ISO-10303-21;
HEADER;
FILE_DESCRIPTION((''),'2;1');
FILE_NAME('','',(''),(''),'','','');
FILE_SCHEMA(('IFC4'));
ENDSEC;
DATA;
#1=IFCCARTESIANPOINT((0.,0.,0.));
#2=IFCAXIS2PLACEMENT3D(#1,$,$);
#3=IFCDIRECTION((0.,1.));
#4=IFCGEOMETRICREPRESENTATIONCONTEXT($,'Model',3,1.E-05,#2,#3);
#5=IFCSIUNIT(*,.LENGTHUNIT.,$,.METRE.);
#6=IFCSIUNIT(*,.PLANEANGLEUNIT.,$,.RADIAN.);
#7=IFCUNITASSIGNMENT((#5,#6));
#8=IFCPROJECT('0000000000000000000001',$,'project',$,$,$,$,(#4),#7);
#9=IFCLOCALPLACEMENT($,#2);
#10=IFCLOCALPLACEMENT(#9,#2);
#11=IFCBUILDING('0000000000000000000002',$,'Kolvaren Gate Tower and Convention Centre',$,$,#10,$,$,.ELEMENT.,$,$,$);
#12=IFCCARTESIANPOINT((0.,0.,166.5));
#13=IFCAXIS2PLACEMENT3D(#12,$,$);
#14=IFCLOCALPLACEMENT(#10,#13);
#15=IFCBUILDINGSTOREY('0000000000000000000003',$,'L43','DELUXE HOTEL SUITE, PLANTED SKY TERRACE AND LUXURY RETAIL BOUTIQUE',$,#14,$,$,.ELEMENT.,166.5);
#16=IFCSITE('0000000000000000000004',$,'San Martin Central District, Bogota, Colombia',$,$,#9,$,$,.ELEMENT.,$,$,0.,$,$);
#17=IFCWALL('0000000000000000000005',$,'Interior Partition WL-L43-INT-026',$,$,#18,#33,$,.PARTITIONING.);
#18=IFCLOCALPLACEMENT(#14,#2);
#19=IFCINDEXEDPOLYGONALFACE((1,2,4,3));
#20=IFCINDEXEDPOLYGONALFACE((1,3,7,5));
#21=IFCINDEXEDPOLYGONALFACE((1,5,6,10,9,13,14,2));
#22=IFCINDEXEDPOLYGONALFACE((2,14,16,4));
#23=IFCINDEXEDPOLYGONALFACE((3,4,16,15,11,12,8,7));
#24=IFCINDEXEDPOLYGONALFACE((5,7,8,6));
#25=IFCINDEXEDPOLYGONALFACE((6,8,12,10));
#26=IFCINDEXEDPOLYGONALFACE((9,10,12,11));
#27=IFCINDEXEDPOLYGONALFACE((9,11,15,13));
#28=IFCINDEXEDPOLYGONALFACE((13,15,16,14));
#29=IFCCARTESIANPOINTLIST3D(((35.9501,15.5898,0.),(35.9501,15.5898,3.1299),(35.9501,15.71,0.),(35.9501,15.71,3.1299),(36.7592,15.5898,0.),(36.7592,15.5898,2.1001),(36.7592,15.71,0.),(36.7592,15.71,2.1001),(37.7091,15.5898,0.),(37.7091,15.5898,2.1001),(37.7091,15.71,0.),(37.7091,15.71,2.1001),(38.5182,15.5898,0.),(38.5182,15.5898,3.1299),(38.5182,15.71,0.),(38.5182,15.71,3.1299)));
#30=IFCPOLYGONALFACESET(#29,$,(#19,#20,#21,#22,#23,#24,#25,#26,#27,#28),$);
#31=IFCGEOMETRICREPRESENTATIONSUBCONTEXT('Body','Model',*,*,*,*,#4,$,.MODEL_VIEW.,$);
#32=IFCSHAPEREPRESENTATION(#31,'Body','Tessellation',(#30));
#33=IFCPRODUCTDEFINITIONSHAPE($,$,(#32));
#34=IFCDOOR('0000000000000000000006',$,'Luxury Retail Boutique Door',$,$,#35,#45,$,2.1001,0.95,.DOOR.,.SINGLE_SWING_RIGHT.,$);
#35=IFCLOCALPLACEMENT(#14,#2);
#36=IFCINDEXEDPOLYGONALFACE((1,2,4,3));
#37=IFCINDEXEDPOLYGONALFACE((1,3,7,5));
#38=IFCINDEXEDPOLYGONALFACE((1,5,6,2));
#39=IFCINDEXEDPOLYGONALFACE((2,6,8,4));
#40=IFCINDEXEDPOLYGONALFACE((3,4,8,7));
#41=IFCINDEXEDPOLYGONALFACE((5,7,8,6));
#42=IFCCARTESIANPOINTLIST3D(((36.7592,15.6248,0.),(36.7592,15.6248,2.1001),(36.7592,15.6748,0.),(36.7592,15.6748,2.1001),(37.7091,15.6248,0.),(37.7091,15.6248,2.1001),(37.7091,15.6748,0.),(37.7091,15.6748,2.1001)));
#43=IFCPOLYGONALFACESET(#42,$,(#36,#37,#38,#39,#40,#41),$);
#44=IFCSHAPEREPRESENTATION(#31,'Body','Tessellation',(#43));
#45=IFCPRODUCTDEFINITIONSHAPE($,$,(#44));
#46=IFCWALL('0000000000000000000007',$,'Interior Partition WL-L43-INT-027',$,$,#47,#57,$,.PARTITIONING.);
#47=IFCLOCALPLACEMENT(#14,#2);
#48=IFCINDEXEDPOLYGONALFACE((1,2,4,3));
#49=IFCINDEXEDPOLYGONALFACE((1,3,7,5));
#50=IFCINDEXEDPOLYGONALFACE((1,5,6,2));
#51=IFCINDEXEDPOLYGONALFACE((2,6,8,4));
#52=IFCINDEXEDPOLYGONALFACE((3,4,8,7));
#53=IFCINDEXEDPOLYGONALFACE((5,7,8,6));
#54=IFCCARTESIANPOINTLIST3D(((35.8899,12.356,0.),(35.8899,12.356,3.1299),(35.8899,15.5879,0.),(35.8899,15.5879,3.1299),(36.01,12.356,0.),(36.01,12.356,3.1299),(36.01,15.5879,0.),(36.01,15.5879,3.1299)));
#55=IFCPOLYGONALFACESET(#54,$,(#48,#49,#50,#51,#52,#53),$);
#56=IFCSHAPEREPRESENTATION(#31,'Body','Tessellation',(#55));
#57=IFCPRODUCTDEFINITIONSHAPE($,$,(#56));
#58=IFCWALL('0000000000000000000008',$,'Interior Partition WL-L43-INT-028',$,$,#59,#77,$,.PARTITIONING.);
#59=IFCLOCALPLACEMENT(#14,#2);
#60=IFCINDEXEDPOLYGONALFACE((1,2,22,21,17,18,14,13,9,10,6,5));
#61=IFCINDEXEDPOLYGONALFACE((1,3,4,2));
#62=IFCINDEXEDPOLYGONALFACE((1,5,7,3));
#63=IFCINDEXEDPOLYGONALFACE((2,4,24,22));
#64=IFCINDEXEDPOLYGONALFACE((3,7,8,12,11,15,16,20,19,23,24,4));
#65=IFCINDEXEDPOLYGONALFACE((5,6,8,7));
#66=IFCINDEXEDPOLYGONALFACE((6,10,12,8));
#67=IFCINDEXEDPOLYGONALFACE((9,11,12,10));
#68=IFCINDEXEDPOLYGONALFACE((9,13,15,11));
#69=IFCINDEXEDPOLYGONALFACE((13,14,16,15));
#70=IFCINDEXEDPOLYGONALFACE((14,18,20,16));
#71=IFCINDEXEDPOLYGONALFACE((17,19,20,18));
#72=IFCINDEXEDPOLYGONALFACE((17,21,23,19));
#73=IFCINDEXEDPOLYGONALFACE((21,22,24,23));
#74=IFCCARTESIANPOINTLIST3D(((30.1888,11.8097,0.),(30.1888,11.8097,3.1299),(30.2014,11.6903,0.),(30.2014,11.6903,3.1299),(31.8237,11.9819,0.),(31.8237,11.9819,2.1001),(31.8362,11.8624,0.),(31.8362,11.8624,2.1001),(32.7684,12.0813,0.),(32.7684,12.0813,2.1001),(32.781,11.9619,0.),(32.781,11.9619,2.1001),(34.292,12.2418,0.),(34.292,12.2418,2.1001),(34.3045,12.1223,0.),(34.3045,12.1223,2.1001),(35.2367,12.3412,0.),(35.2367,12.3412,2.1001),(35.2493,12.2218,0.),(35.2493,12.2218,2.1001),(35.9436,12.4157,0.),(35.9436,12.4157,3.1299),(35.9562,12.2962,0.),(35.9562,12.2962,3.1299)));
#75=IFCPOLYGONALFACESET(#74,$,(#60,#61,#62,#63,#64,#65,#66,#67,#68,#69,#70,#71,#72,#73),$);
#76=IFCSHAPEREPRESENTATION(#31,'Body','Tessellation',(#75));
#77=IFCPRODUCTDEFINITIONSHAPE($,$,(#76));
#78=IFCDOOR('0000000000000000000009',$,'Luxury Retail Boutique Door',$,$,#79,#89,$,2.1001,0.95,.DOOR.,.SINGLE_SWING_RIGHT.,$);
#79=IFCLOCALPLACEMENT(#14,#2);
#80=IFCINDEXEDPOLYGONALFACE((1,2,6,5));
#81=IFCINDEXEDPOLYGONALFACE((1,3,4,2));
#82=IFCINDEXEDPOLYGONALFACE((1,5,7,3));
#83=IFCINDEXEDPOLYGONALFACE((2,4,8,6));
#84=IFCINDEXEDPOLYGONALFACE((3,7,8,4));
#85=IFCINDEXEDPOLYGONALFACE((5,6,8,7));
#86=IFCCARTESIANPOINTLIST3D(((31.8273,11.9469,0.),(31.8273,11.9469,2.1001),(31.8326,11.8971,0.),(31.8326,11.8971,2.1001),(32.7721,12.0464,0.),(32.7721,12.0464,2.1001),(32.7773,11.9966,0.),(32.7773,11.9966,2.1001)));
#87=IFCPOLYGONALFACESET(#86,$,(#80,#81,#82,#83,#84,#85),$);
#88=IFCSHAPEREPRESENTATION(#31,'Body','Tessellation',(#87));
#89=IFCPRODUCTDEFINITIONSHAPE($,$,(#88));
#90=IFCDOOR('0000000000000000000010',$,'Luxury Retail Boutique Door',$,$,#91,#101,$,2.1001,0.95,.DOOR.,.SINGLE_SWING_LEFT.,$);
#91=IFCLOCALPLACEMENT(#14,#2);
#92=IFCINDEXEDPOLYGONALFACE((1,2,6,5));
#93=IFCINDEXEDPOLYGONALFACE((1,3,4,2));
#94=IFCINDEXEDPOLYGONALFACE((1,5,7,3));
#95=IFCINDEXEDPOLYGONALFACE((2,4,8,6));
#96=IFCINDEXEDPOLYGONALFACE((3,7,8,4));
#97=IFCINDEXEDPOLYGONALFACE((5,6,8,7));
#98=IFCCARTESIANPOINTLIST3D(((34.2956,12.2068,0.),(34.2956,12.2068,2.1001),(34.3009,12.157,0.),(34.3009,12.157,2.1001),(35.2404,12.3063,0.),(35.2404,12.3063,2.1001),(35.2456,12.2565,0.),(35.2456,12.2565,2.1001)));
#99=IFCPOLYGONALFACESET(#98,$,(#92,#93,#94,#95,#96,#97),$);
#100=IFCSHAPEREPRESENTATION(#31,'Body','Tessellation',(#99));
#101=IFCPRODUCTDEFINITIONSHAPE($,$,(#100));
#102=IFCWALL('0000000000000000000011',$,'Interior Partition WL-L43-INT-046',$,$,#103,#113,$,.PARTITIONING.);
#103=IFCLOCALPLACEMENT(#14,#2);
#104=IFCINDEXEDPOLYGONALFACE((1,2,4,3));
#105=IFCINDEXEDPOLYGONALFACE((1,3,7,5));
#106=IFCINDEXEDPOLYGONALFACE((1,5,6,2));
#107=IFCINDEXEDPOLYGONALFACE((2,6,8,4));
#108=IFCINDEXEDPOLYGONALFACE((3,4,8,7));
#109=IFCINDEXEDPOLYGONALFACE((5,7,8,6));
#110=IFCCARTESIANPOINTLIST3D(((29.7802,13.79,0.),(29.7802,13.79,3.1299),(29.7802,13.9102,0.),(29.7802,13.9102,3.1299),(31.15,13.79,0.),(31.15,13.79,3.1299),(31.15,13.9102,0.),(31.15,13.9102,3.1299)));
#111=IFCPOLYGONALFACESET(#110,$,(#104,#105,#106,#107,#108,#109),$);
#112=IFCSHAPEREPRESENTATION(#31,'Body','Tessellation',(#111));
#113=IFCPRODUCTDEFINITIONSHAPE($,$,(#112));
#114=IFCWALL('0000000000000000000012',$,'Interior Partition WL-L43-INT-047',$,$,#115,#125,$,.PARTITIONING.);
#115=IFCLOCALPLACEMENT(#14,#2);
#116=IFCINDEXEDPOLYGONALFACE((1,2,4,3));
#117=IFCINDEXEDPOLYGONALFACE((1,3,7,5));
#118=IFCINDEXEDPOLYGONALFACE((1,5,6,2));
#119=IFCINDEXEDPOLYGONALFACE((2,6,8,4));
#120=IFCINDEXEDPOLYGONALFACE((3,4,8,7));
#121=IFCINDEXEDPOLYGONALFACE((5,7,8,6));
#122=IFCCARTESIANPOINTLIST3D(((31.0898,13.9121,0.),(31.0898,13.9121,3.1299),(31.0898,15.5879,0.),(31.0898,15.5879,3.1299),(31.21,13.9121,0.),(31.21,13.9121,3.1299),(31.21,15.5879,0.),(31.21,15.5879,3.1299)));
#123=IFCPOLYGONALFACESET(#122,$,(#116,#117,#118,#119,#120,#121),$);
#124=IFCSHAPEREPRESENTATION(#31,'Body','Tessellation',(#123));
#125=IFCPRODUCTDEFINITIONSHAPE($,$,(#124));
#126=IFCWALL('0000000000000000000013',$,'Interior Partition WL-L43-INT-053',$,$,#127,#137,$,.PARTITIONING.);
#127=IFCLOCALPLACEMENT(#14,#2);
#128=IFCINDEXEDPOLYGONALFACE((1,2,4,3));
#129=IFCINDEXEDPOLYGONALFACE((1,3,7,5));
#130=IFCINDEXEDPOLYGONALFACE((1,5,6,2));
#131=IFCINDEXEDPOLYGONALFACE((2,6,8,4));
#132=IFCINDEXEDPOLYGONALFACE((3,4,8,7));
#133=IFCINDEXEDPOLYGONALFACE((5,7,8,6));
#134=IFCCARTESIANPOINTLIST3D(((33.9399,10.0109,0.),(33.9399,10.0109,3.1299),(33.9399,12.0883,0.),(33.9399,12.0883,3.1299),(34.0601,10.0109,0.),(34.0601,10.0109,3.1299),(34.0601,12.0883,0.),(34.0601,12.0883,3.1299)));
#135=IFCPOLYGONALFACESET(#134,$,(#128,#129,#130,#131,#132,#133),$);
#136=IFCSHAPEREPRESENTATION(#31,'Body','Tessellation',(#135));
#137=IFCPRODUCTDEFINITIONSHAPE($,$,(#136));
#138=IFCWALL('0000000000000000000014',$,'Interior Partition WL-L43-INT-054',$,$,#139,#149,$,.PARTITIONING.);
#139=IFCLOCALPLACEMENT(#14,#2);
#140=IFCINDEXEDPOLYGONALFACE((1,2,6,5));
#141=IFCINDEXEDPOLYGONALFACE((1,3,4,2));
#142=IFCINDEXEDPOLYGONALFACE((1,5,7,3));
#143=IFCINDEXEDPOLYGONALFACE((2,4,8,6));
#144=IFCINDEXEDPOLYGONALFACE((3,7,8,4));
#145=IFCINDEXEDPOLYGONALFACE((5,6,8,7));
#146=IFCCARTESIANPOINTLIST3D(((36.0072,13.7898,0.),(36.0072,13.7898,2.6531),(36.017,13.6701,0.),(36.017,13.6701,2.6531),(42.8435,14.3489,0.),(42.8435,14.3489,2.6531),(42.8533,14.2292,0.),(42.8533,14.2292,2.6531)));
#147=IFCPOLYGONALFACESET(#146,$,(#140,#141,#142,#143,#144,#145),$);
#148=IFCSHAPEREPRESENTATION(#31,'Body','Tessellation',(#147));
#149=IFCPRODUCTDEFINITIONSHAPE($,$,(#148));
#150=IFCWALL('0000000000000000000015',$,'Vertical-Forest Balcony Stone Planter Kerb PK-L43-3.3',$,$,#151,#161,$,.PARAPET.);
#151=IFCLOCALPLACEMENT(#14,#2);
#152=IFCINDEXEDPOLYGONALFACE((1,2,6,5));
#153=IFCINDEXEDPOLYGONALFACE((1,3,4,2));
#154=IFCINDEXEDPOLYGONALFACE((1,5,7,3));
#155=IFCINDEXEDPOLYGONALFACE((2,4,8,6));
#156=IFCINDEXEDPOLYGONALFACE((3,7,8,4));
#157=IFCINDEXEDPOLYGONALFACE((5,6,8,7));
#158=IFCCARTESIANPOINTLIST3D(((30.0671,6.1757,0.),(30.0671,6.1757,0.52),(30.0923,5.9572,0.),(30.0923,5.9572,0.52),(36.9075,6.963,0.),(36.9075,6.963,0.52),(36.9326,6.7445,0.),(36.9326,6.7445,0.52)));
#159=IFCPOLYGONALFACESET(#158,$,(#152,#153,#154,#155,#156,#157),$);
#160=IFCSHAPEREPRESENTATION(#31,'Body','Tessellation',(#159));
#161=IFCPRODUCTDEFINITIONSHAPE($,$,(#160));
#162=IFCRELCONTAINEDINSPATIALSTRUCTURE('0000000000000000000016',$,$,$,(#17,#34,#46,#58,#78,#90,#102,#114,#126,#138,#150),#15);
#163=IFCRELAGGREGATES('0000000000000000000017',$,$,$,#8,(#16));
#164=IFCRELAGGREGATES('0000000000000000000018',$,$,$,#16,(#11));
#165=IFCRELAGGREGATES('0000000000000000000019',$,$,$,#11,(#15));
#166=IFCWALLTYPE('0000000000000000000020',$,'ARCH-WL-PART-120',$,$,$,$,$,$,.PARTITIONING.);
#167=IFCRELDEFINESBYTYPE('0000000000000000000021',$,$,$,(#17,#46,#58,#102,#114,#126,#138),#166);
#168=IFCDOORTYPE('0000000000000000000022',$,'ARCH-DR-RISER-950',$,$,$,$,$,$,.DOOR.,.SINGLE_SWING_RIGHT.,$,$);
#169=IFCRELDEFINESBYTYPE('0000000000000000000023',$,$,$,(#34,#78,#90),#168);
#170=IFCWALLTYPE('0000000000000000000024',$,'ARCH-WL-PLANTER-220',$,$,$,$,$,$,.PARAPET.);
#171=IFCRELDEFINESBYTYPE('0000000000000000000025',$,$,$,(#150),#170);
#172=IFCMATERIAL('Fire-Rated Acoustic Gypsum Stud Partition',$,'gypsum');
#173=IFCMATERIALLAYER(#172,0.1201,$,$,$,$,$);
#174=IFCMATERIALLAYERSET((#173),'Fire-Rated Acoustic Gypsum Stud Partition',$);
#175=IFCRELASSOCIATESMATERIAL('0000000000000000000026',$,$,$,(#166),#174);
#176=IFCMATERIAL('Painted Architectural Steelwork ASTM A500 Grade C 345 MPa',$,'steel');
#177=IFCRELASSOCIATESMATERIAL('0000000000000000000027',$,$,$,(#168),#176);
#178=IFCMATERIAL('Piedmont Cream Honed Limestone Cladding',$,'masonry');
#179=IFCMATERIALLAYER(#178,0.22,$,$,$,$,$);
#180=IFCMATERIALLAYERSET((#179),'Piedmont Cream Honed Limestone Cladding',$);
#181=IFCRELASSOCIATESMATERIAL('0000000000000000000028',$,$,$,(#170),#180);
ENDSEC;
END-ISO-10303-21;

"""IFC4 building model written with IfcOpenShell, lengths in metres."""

from ifc_helpers import new_model, si_unit, direction, frame, frame_2d, origin, place, context, subcontext, project, spatial, rectangle, extrude, material, layer, layer_set, type_object, element, fill, save


model = new_model("IFC4")

# Units and contexts
model_context = context("Model", 3, precision=1e-05, world=origin(), true_north=direction((0.0, 1.0)))
body_context = subcontext(model_context, "Body", "Model", "MODEL_VIEW")
ifc_project = project(units=[si_unit("LENGTHUNIT", "METRE"), si_unit("PLANEANGLEUNIT", "RADIAN")], contexts=[model_context])

# Site, building, storey
site_placement = place(None, origin())
site = spatial("IfcSite", under=ifc_project, at=site_placement, Name="San Martin Central District, Bogota, Colombia", CompositionType="ELEMENT", RefElevation=0.0)
building_placement = place(site_placement, origin())
building = spatial("IfcBuilding", under=site, at=building_placement, Name="Kolvaren Gate Tower and Convention Centre", CompositionType="ELEMENT")
storey_placement = place(building_placement, frame((0.0, 0.0, 166.5)))
storey = spatial("IfcBuildingStorey", under=building, at=storey_placement, Name="L43", Description="DELUXE HOTEL SUITE, PLANTED SKY TERRACE AND LUXURY RETAIL BOUTIQUE", CompositionType="ELEMENT", Elevation=166.5)

# Wall, opening, door
ifc_material_1 = material(Name="Fire-Rated Acoustic Gypsum Stud Partition", Category="gypsum")
ifc_layer_1 = layer(ifc_material_1, 0.1201)
ifc_layer_set_1 = layer_set([ifc_layer_1], Name="Fire-Rated Acoustic Gypsum Stud Partition")
wall_type_1 = type_object("IfcWallType", Name="ARCH-WL-PART-120", PredefinedType="PARTITIONING", material=ifc_layer_set_1)
wall_1_placement = place(storey_placement, frame((35.95, 15.6499, 0.0), z_axis=(0.0, 0.0, 1.0), x_axis=(1.0, 0.0, 0.0)))
wall_1 = element("IfcWall", 1, at=wall_1_placement, inside=storey, type_object=wall_type_1, Name="Interior Partition WL-L43-INT-026", PredefinedType="PARTITIONING", context=body_context, shape_type="SweptSolid", body=[
    extrude(rectangle(XDim=2.5681, YDim=0.1201, at=frame_2d((1.2842, 0.0))), origin(), (0.0, 0.0, 1.0), 3.1299),
])
opening_1_placement = place(wall_1_placement, frame((0.8091, 0.0, 0.0)))
opening_1 = element("IfcOpeningElement", 2, at=opening_1_placement, cuts=wall_1, PredefinedType="OPENING", context=body_context, shape_type="SweptSolid", body=[
    extrude(rectangle(XDim=0.95, YDim=2.1001, at=frame_2d((0.4751, 1.05))), frame((0.0, 0.0701, 0.0), z_axis=(0.0, -1.0, 0.0), x_axis=(1.0, 0.0, 0.0)), (0.0, 0.0, 1.0), 0.1401),
])
ifc_material_2 = material(Name="Painted Architectural Steelwork ASTM A500 Grade C 345 MPa", Category="steel")
door_type_1 = type_object("IfcDoorType", Name="ARCH-DR-RISER-950", OperationType="SINGLE_SWING_RIGHT", PredefinedType="DOOR", material=ifc_material_2)
door_1_placement = place(opening_1_placement, origin())
door_1 = element("IfcDoor", 3, at=door_1_placement, inside=storey, type_object=door_type_1, Name="Luxury Retail Boutique Door", OperationType="SINGLE_SWING_RIGHT", OverallHeight=2.1001, OverallWidth=0.95, PredefinedType="DOOR", context=body_context, shape_type="SweptSolid", body=[
    extrude(rectangle(XDim=0.95, YDim=2.1001, at=frame_2d((0.4751, 1.05))), frame((0.0, 0.0249, 0.0), z_axis=(0.0, -1.0, 0.0), x_axis=(1.0, 0.0, 0.0)), (0.0, 0.0, 1.0), 0.05),
])
fill(opening_1, door_1)

# Wall
wall_2_placement = place(storey_placement, frame((35.95, 12.356, 0.0), z_axis=(0.0, 0.0, 1.0), x_axis=(0.0, 1.0, 0.0)))
element("IfcWall", 4, at=wall_2_placement, inside=storey, type_object=wall_type_1, Name="Interior Partition WL-L43-INT-027", PredefinedType="PARTITIONING", context=body_context, shape_type="SweptSolid", body=[
    extrude(rectangle(XDim=3.2319, YDim=0.1201, at=frame_2d((1.616, 0.0))), origin(), (0.0, 0.0, 1.0), 3.1299),
])

# Wall, openings, doors
wall_3_placement = place(storey_placement, frame((30.1951, 11.75, 0.0), z_axis=(0.0, 0.0, 1.0), x_axis=(0.994502, 0.104716, 0.0)))
wall_3 = element("IfcWall", 5, at=wall_3_placement, inside=storey, type_object=wall_type_1, Name="Interior Partition WL-L43-INT-028", PredefinedType="PARTITIONING", context=body_context, shape_type="SweptSolid", body=[
    extrude(rectangle(XDim=5.7866, YDim=0.1201, at=frame_2d((2.8933, 0.0))), origin(), (0.0, 0.0, 1.0), 3.1299),
])
opening_2_placement = place(wall_3_placement, frame((1.6438, 0.0, 0.0)))
opening_2 = element("IfcOpeningElement", 6, at=opening_2_placement, cuts=wall_3, PredefinedType="OPENING", context=body_context, shape_type="SweptSolid", body=[
    extrude(rectangle(XDim=0.95, YDim=2.1001, at=frame_2d((0.4751, 1.05))), frame((0.0, 0.0701, 0.0), z_axis=(0.0, -1.0, 0.0), x_axis=(1.0, 0.0, 0.0)), (0.0, 0.0, 1.0), 0.1401),
])
opening_3_placement = place(wall_3_placement, frame((4.1257, 0.0, 0.0)))
opening_3 = element("IfcOpeningElement", 7, at=opening_3_placement, cuts=wall_3, PredefinedType="OPENING", context=body_context, shape_type="SweptSolid", body=[
    extrude(rectangle(XDim=0.95, YDim=2.1001, at=frame_2d((0.4751, 1.05))), frame((0.0, 0.0701, 0.0), z_axis=(0.0, -1.0, 0.0), x_axis=(1.0, 0.0, 0.0)), (0.0, 0.0, 1.0), 0.1401),
])
door_2_placement = place(opening_2_placement, origin())
door_2 = element("IfcDoor", 8, at=door_2_placement, inside=storey, type_object=door_type_1, Name="Luxury Retail Boutique Door", OperationType="SINGLE_SWING_RIGHT", OverallHeight=2.1001, OverallWidth=0.95, PredefinedType="DOOR", context=body_context, shape_type="SweptSolid", body=[
    extrude(rectangle(XDim=0.95, YDim=2.1001, at=frame_2d((0.4751, 1.05))), frame((0.0, 0.0249, 0.0), z_axis=(0.0, -1.0, 0.0), x_axis=(1.0, 0.0, 0.0)), (0.0, 0.0, 1.0), 0.05),
])
fill(opening_2, door_2)
door_3_placement = place(opening_3_placement, origin())
door_3 = element("IfcDoor", 9, at=door_3_placement, inside=storey, type_object=door_type_1, Name="Luxury Retail Boutique Door", OperationType="SINGLE_SWING_LEFT", OverallHeight=2.1001, OverallWidth=0.95, PredefinedType="DOOR", context=body_context, shape_type="SweptSolid", body=[
    extrude(rectangle(XDim=0.95, YDim=2.1001, at=frame_2d((0.4751, 1.05))), frame((0.0, 0.0249, 0.0), z_axis=(0.0, -1.0, 0.0), x_axis=(1.0, 0.0, 0.0)), (0.0, 0.0, 1.0), 0.05),
])
fill(opening_3, door_3)

# Walls
wall_4_placement = place(storey_placement, frame((29.78, 13.8501, 0.0), z_axis=(0.0, 0.0, 1.0), x_axis=(1.0, 0.0, 0.0)))
element("IfcWall", 10, at=wall_4_placement, inside=storey, type_object=wall_type_1, Name="Interior Partition WL-L43-INT-046", PredefinedType="PARTITIONING", context=body_context, shape_type="SweptSolid", body=[
    extrude(rectangle(XDim=1.3699, YDim=0.1201, at=frame_2d((0.6851, 0.0))), origin(), (0.0, 0.0, 1.0), 3.1299),
])
wall_5_placement = place(storey_placement, frame((31.1499, 13.9121, 0.0), z_axis=(0.0, 0.0, 1.0), x_axis=(0.0, 1.0, 0.0)))
element("IfcWall", 11, at=wall_5_placement, inside=storey, type_object=wall_type_1, Name="Interior Partition WL-L43-INT-047", PredefinedType="PARTITIONING", context=body_context, shape_type="SweptSolid", body=[
    extrude(rectangle(XDim=1.6758, YDim=0.1201, at=frame_2d((0.8379, 0.0))), origin(), (0.0, 0.0, 1.0), 3.1299),
])
wall_6_placement = place(storey_placement, frame((34.0, 10.011, 0.0), z_axis=(0.0, 0.0, 1.0), x_axis=(0.0, 1.0, 0.0)))
element("IfcWall", 12, at=wall_6_placement, inside=storey, type_object=wall_type_1, Name="Interior Partition WL-L43-INT-053", PredefinedType="PARTITIONING", context=body_context, shape_type="SweptSolid", body=[
    extrude(rectangle(XDim=2.0774, YDim=0.1201, at=frame_2d((1.0386, 0.0))), origin(), (0.0, 0.0, 1.0), 3.1299),
])
wall_7_placement = place(storey_placement, frame((36.012, 13.73, 0.0), z_axis=(0.0, 0.0, 1.0), x_axis=(0.996673, 0.081508, 0.0)))
element("IfcWall", 13, at=wall_7_placement, inside=storey, type_object=wall_type_1, Name="Interior Partition WL-L43-INT-054", PredefinedType="PARTITIONING", context=body_context, shape_type="SweptSolid", body=[
    extrude(rectangle(XDim=6.8591, YDim=0.1201, at=frame_2d((3.4297, 0.0))), origin(), (0.0, 0.0, 1.0), 2.6531),
])
ifc_material_3 = material(Name="Piedmont Cream Honed Limestone Cladding", Category="masonry")
ifc_layer_2 = layer(ifc_material_3, 0.22)
ifc_layer_set_2 = layer_set([ifc_layer_2], Name="Piedmont Cream Honed Limestone Cladding")
wall_type_2 = type_object("IfcWallType", Name="ARCH-WL-PLANTER-220", PredefinedType="PARAPET", material=ifc_layer_set_2)
wall_8_placement = place(storey_placement, frame((30.0796, 6.0664, 0.0), z_axis=(0.0, 0.0, 1.0), x_axis=(0.993441, 0.11435, 0.0)))
element("IfcWall", 14, at=wall_8_placement, inside=storey, type_object=wall_type_2, Name="Vertical-Forest Balcony Stone Planter Kerb PK-L43-3.3", PredefinedType="PARAPET", context=body_context, shape_type="SweptSolid", body=[
    extrude(rectangle(XDim=6.8855, YDim=0.22, at=frame_2d((3.4429, 0.0))), origin(), (0.0, 0.0, 1.0), 0.52),
])

save(model, "model.ifc")
